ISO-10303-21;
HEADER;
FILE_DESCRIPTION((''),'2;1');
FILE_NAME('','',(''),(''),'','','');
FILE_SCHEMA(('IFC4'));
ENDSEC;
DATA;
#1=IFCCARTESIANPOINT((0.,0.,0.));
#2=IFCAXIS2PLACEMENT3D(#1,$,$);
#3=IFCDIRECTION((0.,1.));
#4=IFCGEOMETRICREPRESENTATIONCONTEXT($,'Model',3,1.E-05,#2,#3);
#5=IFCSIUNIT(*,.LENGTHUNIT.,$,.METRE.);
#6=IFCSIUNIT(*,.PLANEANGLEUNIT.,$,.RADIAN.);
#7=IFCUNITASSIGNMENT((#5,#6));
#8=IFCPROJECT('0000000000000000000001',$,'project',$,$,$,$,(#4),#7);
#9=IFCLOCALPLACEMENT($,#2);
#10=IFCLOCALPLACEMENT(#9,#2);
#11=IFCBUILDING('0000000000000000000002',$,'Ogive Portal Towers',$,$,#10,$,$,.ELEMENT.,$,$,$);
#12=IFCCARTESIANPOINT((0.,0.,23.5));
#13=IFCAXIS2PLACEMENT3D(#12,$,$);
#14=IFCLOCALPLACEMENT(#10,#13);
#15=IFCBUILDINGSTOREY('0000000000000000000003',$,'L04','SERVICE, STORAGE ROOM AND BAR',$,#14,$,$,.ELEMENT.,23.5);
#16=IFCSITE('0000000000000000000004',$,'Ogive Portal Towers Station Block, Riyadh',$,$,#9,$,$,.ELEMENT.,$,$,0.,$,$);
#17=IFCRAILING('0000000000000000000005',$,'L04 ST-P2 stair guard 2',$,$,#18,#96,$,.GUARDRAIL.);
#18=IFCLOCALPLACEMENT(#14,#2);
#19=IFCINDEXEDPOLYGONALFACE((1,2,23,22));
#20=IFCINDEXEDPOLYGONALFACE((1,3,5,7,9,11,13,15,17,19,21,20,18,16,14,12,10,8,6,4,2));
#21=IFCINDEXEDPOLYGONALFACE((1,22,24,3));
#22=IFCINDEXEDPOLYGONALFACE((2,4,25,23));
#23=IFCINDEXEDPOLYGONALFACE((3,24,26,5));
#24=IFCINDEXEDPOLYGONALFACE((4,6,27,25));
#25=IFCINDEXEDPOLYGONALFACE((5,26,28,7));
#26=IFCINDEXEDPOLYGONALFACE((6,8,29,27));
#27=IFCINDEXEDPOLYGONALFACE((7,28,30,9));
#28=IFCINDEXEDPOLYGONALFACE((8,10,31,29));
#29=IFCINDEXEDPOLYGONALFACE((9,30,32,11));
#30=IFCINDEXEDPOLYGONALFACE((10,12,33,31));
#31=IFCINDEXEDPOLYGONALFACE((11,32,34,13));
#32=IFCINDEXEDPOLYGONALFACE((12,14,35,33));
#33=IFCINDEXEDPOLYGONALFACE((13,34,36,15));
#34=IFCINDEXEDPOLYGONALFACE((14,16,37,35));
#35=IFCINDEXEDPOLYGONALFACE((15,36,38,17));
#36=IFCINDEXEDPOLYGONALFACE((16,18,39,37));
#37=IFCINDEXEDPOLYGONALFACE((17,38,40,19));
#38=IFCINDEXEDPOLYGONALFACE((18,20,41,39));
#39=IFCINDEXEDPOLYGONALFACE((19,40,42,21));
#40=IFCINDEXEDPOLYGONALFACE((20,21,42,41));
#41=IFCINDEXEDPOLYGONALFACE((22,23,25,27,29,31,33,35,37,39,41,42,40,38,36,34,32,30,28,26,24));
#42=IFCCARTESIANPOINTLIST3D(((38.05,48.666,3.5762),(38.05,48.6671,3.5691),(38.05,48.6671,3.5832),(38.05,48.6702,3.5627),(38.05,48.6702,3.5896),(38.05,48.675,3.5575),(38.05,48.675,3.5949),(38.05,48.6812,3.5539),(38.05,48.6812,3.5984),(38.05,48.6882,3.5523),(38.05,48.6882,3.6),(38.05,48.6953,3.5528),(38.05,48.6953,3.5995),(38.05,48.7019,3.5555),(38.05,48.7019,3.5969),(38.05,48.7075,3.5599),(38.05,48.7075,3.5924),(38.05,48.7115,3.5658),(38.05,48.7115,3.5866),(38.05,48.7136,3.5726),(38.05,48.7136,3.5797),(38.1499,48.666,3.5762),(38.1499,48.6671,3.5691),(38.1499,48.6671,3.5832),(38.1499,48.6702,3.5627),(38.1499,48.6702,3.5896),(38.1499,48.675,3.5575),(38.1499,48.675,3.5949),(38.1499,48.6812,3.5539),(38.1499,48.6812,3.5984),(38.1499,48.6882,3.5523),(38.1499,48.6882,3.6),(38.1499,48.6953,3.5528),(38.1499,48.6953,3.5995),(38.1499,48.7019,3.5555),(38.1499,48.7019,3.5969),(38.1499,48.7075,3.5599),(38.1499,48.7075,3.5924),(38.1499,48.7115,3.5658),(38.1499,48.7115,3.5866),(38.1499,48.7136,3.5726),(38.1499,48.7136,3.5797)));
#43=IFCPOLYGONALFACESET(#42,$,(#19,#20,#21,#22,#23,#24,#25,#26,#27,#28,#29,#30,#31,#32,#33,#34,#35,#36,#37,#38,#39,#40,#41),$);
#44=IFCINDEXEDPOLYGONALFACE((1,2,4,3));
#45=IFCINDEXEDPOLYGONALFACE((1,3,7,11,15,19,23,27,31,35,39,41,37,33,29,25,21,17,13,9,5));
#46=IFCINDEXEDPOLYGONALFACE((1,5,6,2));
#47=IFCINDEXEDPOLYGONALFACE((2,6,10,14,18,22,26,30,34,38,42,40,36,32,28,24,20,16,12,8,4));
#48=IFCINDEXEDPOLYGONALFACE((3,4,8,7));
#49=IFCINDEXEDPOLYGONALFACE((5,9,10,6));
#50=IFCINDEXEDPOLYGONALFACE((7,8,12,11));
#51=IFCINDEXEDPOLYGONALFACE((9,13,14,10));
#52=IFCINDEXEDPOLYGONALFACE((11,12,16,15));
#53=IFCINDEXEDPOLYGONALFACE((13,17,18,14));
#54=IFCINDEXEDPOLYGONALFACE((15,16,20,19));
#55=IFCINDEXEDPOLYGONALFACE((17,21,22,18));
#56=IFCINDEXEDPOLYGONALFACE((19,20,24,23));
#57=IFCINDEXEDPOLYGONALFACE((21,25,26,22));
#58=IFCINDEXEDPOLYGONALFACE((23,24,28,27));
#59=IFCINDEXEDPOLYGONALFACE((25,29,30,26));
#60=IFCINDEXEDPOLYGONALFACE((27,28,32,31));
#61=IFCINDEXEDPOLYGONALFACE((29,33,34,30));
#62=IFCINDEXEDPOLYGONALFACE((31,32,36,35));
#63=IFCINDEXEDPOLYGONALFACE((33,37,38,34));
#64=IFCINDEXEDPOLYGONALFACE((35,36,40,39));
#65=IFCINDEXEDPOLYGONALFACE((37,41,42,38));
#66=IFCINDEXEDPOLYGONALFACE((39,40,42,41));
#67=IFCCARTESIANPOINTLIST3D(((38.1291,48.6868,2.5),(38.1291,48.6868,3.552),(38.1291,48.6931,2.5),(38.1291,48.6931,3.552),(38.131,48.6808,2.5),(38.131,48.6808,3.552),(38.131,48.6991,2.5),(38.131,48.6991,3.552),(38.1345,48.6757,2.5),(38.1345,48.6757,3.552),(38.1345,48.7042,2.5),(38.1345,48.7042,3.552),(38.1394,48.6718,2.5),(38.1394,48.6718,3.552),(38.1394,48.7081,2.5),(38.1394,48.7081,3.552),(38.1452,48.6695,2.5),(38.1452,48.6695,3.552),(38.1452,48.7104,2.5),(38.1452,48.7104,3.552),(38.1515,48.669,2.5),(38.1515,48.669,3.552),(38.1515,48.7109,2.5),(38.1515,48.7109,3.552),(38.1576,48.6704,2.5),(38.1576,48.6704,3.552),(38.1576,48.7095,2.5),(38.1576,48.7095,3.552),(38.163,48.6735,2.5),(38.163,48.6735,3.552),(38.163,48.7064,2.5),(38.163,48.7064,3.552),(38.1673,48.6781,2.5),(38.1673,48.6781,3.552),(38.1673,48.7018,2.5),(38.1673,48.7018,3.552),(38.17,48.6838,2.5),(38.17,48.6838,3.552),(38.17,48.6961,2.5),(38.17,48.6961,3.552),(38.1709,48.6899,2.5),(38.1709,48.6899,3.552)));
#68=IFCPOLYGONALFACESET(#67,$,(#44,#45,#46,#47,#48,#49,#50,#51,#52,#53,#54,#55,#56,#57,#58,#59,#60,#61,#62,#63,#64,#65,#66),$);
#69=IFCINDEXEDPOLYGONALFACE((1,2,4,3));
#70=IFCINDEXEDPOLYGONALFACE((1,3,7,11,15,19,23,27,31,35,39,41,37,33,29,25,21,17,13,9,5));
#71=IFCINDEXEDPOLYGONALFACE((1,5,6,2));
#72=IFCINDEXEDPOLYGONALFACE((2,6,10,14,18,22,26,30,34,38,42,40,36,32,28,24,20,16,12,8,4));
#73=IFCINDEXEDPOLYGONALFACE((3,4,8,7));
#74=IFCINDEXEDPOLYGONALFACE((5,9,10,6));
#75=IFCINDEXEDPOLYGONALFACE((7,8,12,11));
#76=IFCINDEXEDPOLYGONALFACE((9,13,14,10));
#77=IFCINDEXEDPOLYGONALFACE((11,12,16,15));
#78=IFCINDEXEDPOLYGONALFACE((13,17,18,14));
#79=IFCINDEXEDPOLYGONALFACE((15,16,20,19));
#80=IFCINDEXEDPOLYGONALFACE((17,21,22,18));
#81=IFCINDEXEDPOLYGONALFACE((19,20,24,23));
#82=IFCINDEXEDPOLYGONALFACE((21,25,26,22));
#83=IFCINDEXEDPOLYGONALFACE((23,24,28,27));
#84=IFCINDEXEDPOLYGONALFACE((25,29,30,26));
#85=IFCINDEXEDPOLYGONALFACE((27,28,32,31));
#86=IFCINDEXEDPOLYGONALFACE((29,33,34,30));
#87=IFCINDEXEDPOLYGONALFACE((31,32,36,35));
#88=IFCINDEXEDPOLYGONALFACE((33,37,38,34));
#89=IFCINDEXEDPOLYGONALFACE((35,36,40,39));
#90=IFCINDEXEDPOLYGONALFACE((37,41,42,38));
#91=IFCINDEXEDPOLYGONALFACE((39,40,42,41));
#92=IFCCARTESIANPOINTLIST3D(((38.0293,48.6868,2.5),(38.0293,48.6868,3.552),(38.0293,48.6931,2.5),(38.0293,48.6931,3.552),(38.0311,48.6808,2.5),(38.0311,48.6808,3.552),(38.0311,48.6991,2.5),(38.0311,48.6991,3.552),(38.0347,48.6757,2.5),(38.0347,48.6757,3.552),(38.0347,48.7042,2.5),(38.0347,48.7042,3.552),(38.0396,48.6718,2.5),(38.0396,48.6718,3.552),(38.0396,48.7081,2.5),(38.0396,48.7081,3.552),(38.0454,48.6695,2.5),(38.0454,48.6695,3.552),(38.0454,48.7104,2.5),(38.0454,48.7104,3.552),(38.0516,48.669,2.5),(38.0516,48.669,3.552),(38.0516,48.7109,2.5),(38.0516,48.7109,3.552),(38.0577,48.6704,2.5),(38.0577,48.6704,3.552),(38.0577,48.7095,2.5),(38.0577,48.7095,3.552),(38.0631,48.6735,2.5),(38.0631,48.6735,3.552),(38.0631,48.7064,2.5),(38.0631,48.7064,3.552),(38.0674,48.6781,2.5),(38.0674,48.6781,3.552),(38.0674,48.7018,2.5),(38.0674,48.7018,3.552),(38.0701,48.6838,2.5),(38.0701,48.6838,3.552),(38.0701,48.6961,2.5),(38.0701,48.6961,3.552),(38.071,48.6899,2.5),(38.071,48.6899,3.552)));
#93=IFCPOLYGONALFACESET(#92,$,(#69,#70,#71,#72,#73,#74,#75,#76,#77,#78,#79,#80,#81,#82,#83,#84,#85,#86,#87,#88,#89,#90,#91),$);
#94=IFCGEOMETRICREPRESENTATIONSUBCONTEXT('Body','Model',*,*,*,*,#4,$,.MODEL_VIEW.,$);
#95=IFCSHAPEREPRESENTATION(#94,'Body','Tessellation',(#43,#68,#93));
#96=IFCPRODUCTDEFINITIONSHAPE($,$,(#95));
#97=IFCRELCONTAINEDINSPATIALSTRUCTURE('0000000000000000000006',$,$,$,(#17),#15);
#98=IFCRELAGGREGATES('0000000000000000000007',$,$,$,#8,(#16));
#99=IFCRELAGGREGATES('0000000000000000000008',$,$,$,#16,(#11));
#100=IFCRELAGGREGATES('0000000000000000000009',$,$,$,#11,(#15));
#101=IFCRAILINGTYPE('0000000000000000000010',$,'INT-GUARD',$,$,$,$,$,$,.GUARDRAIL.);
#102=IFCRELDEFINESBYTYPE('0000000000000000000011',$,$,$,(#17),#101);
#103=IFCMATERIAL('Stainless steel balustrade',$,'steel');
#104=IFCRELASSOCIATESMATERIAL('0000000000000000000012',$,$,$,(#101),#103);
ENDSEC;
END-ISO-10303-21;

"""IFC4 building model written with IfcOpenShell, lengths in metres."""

from ifc_helpers import new_model, si_unit, direction, frame, origin, origin_2d, place, context, subcontext, project, spatial, circle, extrude, material, type_object, element, save


model = new_model("IFC4")

# Units and contexts
model_context = context("Model", 3, precision=1e-05, world=origin(), true_north=direction((0.0, 1.0)))
body_context = subcontext(model_context, "Body", "Model", "MODEL_VIEW")
ifc_project = project(units=[si_unit("LENGTHUNIT", "METRE"), si_unit("PLANEANGLEUNIT", "RADIAN")], contexts=[model_context])

# Site, building, storey
site_placement = place(None, origin())
site = spatial("IfcSite", under=ifc_project, at=site_placement, Name="Ogive Portal Towers Station Block, Riyadh", CompositionType="ELEMENT", RefElevation=0.0)
building_placement = place(site_placement, origin())
building = spatial("IfcBuilding", under=site, at=building_placement, Name="Ogive Portal Towers", CompositionType="ELEMENT")
storey_placement = place(building_placement, frame((0.0, 0.0, 23.5)))
storey = spatial("IfcBuildingStorey", under=building, at=storey_placement, Name="L04", Description="SERVICE, STORAGE ROOM AND BAR", CompositionType="ELEMENT", Elevation=23.5)

# Railing
ifc_material_1 = material(Name="Stainless steel balustrade", Category="steel")
railing_type_1 = type_object("IfcRailingType", Name="INT-GUARD", PredefinedType="GUARDRAIL", material=ifc_material_1)
railing_1_placement = place(storey_placement, frame((38.1499, 48.6899, 2.5)))
element("IfcRailing", 1, at=railing_1_placement, inside=storey, type_object=railing_type_1, Name="L04 ST-P2 stair guard 2", PredefinedType="GUARDRAIL", context=body_context, shape_type="SweptSolid", body=[
    extrude(circle(Radius=0.0239, at=origin_2d()), frame((0.0, 0.0, 1.0762), z_axis=(-1.0, 0.0, 0.0), x_axis=(0.0, -1.0, 0.0)), (0.0, 0.0, 1.0), 0.0999),
    extrude(circle(Radius=0.021, at=origin_2d()), origin(), (0.0, 0.0, 1.0), 1.052),
    extrude(circle(Radius=0.021, at=origin_2d()), frame((-0.0999, 0.0, 0.0)), (0.0, 0.0, 1.0), 1.052),
])

save(model, "model.ifc")
